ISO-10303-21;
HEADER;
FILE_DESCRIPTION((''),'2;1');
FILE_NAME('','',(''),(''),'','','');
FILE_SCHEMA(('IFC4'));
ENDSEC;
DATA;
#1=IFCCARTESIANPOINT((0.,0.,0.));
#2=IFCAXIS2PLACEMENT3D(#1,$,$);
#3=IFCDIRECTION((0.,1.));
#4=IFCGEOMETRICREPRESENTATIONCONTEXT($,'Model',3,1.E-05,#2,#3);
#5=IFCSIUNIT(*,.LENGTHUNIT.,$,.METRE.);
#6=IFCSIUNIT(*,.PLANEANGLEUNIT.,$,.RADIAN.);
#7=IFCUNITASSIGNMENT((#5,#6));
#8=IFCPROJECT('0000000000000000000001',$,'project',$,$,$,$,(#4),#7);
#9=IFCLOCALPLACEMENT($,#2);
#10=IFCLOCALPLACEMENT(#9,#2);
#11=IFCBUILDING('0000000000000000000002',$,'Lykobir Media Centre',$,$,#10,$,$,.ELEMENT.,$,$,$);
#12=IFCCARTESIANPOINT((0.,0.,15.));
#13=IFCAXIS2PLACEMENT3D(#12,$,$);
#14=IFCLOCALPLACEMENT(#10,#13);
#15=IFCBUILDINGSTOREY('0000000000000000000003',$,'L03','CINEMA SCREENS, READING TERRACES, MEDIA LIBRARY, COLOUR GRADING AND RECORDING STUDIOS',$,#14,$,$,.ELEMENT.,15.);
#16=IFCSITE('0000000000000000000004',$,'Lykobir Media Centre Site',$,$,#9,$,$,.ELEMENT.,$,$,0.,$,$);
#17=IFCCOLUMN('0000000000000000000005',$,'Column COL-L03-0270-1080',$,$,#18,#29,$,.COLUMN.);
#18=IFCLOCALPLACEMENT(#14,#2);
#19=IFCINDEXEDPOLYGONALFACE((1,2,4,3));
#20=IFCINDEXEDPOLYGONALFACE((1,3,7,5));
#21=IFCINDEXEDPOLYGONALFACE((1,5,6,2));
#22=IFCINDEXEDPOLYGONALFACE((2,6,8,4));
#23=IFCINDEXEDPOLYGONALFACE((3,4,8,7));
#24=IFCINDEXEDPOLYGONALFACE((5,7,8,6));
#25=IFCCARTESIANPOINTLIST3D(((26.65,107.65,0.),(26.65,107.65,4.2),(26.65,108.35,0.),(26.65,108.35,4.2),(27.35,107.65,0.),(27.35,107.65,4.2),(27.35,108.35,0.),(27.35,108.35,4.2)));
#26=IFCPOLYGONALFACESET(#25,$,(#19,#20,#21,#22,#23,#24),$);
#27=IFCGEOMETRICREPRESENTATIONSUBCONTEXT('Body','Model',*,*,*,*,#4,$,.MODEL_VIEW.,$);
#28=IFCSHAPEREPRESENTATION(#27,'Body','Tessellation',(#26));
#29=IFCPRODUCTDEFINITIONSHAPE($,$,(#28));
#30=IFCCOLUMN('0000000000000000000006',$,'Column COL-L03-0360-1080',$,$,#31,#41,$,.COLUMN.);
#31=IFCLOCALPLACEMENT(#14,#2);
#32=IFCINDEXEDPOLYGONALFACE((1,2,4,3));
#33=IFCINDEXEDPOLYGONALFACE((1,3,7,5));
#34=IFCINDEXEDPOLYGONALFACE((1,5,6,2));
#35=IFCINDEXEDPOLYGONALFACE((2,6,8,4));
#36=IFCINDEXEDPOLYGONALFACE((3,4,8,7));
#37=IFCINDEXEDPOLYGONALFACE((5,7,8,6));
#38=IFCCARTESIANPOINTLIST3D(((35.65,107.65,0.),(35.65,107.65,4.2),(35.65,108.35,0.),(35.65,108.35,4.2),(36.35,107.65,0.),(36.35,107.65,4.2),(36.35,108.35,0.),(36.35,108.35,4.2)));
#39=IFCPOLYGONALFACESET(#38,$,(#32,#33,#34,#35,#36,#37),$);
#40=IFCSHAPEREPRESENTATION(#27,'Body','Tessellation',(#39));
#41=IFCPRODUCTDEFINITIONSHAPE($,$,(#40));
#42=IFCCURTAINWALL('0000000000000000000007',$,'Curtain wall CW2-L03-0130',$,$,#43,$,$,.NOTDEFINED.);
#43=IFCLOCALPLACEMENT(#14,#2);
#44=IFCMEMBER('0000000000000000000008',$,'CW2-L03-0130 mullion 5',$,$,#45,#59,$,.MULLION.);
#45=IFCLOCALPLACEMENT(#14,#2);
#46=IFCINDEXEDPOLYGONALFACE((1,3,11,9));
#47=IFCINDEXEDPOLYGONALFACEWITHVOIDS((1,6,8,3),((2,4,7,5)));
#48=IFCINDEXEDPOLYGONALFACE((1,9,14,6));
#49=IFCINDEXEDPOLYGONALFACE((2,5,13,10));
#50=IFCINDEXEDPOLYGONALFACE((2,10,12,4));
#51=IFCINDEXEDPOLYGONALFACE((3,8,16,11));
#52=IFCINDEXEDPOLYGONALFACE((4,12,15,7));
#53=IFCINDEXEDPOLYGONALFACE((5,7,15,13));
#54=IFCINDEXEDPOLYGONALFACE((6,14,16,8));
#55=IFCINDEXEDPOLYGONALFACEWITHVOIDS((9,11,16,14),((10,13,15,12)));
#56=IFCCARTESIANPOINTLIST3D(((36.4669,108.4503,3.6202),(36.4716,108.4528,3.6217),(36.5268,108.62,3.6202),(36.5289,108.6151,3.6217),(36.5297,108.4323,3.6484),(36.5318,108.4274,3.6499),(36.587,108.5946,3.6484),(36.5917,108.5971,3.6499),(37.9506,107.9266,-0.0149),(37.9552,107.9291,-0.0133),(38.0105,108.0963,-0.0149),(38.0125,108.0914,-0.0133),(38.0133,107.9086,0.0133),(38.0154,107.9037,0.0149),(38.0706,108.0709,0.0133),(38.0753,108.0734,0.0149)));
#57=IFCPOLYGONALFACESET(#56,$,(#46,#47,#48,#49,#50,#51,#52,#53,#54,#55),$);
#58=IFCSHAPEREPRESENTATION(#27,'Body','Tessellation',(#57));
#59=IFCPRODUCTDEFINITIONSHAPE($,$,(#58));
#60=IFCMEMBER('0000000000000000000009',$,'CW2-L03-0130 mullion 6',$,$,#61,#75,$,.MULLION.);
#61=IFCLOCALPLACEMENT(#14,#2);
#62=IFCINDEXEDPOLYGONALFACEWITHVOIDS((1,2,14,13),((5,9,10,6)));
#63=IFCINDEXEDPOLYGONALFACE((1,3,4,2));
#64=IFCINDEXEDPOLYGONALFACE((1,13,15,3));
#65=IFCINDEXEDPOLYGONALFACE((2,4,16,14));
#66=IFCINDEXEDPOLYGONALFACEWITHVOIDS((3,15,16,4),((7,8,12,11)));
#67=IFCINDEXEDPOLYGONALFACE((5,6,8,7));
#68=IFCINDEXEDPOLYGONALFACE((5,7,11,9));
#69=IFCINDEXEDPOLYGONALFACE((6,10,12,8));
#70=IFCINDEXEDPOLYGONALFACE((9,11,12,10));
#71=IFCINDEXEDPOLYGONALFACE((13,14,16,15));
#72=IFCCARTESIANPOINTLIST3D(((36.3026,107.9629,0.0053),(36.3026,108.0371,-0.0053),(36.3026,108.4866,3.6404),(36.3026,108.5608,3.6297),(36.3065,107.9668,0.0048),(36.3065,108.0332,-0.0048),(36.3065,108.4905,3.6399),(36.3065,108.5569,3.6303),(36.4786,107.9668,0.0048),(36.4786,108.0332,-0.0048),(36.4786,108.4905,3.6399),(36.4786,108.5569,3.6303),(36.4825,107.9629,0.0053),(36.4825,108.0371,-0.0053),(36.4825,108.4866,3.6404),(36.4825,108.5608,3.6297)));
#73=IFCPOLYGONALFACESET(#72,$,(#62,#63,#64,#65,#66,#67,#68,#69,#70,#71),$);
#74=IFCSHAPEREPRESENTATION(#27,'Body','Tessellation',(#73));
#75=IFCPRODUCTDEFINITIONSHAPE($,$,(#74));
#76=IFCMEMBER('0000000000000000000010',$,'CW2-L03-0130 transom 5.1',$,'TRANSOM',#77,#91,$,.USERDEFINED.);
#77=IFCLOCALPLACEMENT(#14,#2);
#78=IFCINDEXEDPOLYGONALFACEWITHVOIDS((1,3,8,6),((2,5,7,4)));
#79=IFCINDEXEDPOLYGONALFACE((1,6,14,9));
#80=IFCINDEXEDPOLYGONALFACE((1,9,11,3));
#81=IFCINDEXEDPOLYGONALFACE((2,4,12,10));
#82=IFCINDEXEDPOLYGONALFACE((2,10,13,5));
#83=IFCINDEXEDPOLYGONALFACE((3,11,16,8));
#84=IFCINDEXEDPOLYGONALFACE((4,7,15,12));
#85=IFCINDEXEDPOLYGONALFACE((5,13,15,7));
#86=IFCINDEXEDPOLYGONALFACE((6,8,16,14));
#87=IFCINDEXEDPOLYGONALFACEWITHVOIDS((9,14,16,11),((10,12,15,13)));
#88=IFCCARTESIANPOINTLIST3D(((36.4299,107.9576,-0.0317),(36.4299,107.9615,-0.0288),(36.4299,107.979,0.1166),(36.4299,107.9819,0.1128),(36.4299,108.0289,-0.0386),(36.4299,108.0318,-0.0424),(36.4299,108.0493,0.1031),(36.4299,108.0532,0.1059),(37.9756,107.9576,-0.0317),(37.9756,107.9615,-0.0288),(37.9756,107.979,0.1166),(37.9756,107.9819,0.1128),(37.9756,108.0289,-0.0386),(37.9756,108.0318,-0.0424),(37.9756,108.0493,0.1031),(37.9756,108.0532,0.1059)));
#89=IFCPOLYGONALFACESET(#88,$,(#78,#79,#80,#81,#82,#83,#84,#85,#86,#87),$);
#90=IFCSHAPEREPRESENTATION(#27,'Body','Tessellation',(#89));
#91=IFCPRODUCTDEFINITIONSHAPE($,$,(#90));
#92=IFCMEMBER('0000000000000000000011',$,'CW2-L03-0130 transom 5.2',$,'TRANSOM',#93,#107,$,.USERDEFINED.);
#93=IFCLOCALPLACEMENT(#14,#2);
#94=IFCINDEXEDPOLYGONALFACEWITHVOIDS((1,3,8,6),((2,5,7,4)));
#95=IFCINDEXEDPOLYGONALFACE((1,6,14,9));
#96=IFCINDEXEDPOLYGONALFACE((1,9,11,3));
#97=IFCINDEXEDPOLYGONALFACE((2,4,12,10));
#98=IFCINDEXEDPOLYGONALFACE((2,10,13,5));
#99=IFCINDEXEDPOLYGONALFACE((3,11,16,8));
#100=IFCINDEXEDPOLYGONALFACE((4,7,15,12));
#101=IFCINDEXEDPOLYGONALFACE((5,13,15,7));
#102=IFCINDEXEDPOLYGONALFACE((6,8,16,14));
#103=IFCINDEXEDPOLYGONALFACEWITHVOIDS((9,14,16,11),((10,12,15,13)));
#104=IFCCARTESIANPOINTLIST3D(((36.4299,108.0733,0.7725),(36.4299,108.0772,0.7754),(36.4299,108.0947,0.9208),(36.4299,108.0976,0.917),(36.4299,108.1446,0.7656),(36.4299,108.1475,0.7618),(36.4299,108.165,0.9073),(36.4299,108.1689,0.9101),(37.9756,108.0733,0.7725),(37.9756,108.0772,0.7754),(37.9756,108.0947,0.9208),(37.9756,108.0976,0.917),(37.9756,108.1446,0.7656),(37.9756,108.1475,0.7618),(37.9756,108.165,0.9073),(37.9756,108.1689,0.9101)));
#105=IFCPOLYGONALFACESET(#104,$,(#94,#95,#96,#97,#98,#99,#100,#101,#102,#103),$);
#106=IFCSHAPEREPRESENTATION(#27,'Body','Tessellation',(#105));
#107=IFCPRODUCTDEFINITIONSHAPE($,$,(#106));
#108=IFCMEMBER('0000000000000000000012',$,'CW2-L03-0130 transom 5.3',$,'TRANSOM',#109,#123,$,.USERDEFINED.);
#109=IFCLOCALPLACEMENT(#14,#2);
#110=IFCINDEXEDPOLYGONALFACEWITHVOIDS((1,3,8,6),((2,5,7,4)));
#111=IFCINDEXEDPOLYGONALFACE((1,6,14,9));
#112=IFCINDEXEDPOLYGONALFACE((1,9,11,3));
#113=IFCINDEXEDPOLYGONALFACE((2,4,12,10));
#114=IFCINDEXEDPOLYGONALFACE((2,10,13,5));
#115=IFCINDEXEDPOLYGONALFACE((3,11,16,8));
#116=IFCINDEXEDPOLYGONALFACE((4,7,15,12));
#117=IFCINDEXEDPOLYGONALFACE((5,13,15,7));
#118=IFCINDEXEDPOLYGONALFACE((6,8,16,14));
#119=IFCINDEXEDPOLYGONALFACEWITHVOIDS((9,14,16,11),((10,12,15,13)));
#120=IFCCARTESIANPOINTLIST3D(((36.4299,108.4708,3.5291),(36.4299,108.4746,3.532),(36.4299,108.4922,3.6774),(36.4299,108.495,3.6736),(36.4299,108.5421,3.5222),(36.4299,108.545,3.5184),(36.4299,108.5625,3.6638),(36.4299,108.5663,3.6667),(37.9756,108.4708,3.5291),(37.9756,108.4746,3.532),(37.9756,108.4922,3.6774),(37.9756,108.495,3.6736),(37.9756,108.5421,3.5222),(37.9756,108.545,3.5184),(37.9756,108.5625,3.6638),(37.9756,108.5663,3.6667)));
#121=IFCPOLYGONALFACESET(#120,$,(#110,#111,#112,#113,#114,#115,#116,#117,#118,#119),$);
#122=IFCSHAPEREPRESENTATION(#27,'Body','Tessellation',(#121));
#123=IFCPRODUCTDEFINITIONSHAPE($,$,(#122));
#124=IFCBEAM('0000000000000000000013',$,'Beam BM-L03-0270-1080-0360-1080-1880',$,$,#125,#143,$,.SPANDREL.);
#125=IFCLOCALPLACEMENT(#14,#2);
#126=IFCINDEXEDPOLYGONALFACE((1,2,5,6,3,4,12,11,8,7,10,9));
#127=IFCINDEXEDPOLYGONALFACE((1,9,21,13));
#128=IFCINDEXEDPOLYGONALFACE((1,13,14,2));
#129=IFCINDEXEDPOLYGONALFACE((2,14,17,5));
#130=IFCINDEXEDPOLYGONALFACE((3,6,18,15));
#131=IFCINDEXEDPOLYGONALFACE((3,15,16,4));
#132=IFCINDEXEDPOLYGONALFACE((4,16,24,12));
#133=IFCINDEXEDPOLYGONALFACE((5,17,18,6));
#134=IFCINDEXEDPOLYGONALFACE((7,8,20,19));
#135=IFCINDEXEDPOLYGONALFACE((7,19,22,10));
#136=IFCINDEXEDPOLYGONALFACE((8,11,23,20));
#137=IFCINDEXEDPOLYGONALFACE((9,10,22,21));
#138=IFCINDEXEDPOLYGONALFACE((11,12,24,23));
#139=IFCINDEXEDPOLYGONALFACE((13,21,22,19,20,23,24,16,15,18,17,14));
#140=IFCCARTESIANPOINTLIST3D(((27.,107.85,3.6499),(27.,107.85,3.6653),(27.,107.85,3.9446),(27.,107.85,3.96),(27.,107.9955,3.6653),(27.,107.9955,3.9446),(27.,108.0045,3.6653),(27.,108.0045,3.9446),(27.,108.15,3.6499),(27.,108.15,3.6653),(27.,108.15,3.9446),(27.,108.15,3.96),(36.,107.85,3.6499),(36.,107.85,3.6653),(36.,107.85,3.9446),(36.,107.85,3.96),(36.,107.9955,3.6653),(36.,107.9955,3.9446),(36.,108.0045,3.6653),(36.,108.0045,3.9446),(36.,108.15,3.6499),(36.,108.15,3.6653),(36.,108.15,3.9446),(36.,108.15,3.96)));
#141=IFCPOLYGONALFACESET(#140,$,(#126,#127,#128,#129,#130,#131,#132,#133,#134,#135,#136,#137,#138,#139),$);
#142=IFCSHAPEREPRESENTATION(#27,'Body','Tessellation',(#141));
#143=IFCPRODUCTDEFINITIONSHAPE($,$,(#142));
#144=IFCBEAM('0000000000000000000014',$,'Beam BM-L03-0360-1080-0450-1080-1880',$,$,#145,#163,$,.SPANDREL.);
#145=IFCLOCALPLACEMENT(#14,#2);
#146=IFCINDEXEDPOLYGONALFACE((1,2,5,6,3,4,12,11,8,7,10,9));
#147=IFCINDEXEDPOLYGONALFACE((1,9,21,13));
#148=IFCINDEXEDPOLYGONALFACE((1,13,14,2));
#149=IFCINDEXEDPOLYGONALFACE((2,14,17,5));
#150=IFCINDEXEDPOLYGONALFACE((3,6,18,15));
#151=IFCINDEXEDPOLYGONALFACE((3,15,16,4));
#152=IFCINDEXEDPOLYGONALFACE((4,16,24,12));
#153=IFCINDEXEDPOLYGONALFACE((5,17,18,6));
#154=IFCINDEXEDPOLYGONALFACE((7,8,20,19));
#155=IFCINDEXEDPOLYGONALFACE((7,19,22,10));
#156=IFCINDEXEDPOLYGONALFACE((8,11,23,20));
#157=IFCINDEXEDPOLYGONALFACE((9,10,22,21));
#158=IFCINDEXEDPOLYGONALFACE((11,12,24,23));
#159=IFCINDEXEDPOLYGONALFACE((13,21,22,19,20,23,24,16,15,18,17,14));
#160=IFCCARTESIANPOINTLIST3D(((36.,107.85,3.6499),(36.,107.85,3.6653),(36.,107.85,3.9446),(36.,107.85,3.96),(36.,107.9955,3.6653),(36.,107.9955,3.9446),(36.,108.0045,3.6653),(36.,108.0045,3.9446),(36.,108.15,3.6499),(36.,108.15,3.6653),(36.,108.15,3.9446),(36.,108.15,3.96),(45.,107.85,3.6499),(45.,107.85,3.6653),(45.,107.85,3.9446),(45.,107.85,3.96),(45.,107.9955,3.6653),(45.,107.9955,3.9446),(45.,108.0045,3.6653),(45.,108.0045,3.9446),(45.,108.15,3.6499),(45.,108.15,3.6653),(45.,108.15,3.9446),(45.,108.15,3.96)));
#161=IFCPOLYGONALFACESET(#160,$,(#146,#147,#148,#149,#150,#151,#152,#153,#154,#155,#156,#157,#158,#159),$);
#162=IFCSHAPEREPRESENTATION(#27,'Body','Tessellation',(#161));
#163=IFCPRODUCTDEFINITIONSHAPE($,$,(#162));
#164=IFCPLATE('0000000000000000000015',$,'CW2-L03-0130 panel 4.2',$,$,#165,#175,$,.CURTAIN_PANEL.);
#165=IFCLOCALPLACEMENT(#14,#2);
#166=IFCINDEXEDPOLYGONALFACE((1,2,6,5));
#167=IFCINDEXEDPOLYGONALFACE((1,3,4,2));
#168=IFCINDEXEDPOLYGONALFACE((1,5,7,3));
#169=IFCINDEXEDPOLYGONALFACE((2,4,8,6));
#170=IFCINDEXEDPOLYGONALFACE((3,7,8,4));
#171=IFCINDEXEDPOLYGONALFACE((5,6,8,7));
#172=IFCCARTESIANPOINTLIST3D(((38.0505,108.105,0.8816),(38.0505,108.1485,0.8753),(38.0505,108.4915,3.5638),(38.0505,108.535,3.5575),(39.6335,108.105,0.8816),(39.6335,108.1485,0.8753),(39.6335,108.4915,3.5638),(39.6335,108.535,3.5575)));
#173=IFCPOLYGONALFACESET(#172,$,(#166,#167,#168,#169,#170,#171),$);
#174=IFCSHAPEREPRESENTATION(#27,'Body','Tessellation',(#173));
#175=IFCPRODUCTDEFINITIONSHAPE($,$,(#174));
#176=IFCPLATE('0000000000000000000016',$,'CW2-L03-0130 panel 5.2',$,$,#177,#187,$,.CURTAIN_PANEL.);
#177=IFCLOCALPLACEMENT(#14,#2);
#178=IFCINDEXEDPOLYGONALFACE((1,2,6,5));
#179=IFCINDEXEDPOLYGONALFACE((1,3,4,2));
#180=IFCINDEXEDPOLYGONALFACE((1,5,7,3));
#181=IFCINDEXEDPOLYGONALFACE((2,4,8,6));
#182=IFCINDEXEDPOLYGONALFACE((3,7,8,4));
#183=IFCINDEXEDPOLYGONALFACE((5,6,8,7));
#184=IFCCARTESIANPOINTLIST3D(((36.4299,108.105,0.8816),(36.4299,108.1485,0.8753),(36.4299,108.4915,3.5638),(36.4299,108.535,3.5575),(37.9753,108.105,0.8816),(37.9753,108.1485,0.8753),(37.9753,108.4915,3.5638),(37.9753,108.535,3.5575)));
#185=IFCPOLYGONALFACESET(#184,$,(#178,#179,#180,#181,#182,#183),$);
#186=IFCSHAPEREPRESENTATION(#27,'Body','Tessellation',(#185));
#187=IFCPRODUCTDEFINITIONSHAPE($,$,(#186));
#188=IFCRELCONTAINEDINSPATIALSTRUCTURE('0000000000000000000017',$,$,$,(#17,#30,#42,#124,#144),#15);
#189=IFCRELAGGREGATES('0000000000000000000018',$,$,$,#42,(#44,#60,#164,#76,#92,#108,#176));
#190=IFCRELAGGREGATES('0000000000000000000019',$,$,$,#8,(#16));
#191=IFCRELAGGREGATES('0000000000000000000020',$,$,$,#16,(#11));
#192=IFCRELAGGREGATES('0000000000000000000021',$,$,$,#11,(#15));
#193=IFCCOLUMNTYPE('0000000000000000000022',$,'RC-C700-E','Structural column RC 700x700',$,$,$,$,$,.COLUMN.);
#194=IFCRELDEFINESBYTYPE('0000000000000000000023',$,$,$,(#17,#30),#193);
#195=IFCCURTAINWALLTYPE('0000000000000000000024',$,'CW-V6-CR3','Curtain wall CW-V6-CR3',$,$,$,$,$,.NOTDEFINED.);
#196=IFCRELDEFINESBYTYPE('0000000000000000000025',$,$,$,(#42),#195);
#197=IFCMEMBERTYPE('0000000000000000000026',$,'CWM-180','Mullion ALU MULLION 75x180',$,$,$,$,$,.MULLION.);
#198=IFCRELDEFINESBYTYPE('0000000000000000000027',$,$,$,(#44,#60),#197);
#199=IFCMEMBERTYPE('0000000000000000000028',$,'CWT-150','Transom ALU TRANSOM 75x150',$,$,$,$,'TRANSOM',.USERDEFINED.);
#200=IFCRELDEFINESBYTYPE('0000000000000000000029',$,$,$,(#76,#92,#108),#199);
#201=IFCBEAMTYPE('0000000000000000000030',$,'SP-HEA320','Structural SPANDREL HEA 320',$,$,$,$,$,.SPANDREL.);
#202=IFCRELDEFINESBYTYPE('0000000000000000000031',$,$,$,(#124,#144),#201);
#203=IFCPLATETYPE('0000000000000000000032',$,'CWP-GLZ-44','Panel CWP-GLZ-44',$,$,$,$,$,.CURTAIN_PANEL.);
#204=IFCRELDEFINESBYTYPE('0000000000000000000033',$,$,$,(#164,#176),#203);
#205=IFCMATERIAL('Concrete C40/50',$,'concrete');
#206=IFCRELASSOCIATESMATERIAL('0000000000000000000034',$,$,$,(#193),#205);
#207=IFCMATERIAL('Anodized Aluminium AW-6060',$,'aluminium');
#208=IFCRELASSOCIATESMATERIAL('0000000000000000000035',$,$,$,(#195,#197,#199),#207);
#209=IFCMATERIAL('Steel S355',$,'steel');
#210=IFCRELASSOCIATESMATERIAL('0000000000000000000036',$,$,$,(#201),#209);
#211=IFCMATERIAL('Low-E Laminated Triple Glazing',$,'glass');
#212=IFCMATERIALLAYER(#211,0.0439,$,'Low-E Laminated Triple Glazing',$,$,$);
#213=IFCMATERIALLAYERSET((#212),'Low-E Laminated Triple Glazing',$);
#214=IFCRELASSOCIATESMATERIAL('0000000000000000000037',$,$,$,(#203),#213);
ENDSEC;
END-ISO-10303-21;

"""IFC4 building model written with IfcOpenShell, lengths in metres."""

from ifc_helpers import new_model, si_unit, direction, frame, origin, origin_2d, place, context, subcontext, project, spatial, rectangle, hollow_rectangle, i_section, extrude, material, layer, layer_set, material_profile, profile_set, type_object, element, aggregate, save


model = new_model("IFC4")

# Units and contexts
model_context = context("Model", 3, precision=1e-05, world=origin(), true_north=direction((0.0, 1.0)))
body_context = subcontext(model_context, "Body", "Model", "MODEL_VIEW")
ifc_project = project(units=[si_unit("LENGTHUNIT", "METRE"), si_unit("PLANEANGLEUNIT", "RADIAN")], contexts=[model_context])

# Site, building, storey
site_placement = place(None, origin())
site = spatial("IfcSite", under=ifc_project, at=site_placement, Name="Lykobir Media Centre Site", CompositionType="ELEMENT", RefElevation=0.0)
building_placement = place(site_placement, origin())
building = spatial("IfcBuilding", under=site, at=building_placement, Name="Lykobir Media Centre", CompositionType="ELEMENT")
storey_placement = place(building_placement, frame((0.0, 0.0, 15.0)))
storey = spatial("IfcBuildingStorey", under=building, at=storey_placement, Name="L03", Description="CINEMA SCREENS, READING TERRACES, MEDIA LIBRARY, COLOUR GRADING AND RECORDING STUDIOS", CompositionType="ELEMENT", Elevation=15.0)

# Columns
ifc_material_1 = material(Name="Concrete C40/50", Category="concrete")
ifc_material_profile_1 = material_profile(ifc_material_1, rectangle(XDim=0.7, YDim=0.7, at=origin_2d()), Name="RC 700x700")
ifc_profile_set_1 = profile_set([ifc_material_profile_1], Name="Concrete C40/50")
column_type = type_object("IfcColumnType", Name="RC-C700-E", Description="Structural column RC 700x700", PredefinedType="COLUMN", material=ifc_profile_set_1)
for number, where, z_axis, x_axis, name in (
    (1, (27.0, 108.0, 0.0), (0.0, 0.0, 1.0), (1.0, 0.0, 0.0), "Column COL-L03-0270-1080"),
    (2, (36.0, 108.0, 0.0), (0.0, 0.0, 1.0), (1.0, 0.0, 0.0), "Column COL-L03-0360-1080"),
):
    element("IfcColumn", number, at=place(storey_placement, frame(where, z_axis=z_axis, x_axis=x_axis)), inside=storey, type_object=column_type, Name=name, PredefinedType="COLUMN", context=body_context, shape_type="SweptSolid", body=[
        extrude(rectangle(XDim=0.7, YDim=0.7, at=origin_2d()), origin(), (0.0, 0.0, 1.0), 4.2),
    ])

# Curtain wall, members
ifc_material_2 = material(Name="Anodized Aluminium AW-6060", Category="aluminium")
curtain_wall_type = type_object("IfcCurtainWallType", Name="CW-V6-CR3", Description="Curtain wall CW-V6-CR3", PredefinedType="NOTDEFINED", material=ifc_material_2)
curtain_wall_placement = place(storey_placement, origin())
curtain_wall = element("IfcCurtainWall", 3, at=curtain_wall_placement, inside=storey, type_object=curtain_wall_type, Name="Curtain wall CW2-L03-0130", PredefinedType="NOTDEFINED")
ifc_material_profile_2 = material_profile(ifc_material_2, hollow_rectangle(XDim=0.075, YDim=0.1799, WallThickness=0.0039, at=origin_2d()), Name="ALU MULLION 75x180")
ifc_profile_set_2 = profile_set([ifc_material_profile_2], Name="Anodized Aluminium AW-6060")
member_type_1 = type_object("IfcMemberType", Name="CWM-180", Description="Mullion ALU MULLION 75x180", PredefinedType="MULLION", material=ifc_profile_set_2)
member_1_placement = place(storey_placement, frame((38.0129, 108.0, 0.0), z_axis=(-0.374572, 0.132213, 0.917723), x_axis=(-0.865396, 0.305459, -0.397221)))
member_1 = element("IfcMember", 4, at=member_1_placement, type_object=member_type_1, Name="CW2-L03-0130 mullion 5", PredefinedType="MULLION", context=body_context, shape_type="SweptSolid", body=[
    extrude(hollow_rectangle(XDim=0.075, YDim=0.1799, WallThickness=0.0039, at=origin_2d()), origin(), (0.0, 0.0, 1.0), 3.9609),
])
member_2_placement = place(storey_placement, frame((36.3926, 108.0, 0.0), z_axis=(0.0, 0.142594, 0.989781), x_axis=(0.0, 0.989781, -0.142594)))
member_2 = element("IfcMember", 5, at=member_2_placement, type_object=member_type_1, Name="CW2-L03-0130 mullion 6", PredefinedType="MULLION", context=body_context, shape_type="SweptSolid", body=[
    extrude(hollow_rectangle(XDim=0.075, YDim=0.1799, WallThickness=0.0039, at=origin_2d()), origin(), (0.0, 0.0, 1.0), 3.6726),
])
ifc_material_profile_3 = material_profile(ifc_material_2, hollow_rectangle(XDim=0.075, YDim=0.1499, WallThickness=0.0034, at=origin_2d()), Name="ALU TRANSOM 75x150")
ifc_profile_set_3 = profile_set([ifc_material_profile_3], Name="Anodized Aluminium AW-6060")
member_type_2 = type_object("IfcMemberType", Name="CWT-150", Description="Transom ALU TRANSOM 75x150", ElementType="TRANSOM", PredefinedType="USERDEFINED", material=ifc_profile_set_3)
member_3_placement = place(storey_placement, frame((37.9756, 108.0054, 0.0371), z_axis=(-1.0, 0.0, 0.0), x_axis=(0.0, -0.989776, 0.142629)))
member_3 = element("IfcMember", 6, at=member_3_placement, type_object=member_type_2, Name="CW2-L03-0130 transom 5.1", ObjectType="TRANSOM", PredefinedType="USERDEFINED", context=body_context, shape_type="SweptSolid", body=[
    extrude(hollow_rectangle(XDim=0.075, YDim=0.1499, WallThickness=0.0034, at=origin_2d()), origin(), (0.0, 0.0, 1.0), 1.5457),
])
member_4_placement = place(storey_placement, frame((37.9756, 108.1211, 0.8413), z_axis=(-1.0, 0.0, 0.0), x_axis=(0.0, -0.989776, 0.142629)))
member_4 = element("IfcMember", 7, at=member_4_placement, type_object=member_type_2, Name="CW2-L03-0130 transom 5.2", ObjectType="TRANSOM", PredefinedType="USERDEFINED", context=body_context, shape_type="SweptSolid", body=[
    extrude(hollow_rectangle(XDim=0.075, YDim=0.1499, WallThickness=0.0034, at=origin_2d()), origin(), (0.0, 0.0, 1.0), 1.5457),
])
member_5_placement = place(storey_placement, frame((37.9756, 108.5186, 3.5979), z_axis=(-1.0, 0.0, 0.0), x_axis=(0.0, -0.989776, 0.142629)))
member_5 = element("IfcMember", 8, at=member_5_placement, type_object=member_type_2, Name="CW2-L03-0130 transom 5.3", ObjectType="TRANSOM", PredefinedType="USERDEFINED", context=body_context, shape_type="SweptSolid", body=[
    extrude(hollow_rectangle(XDim=0.075, YDim=0.1499, WallThickness=0.0034, at=origin_2d()), origin(), (0.0, 0.0, 1.0), 1.5457),
])

# Beams
ifc_material_3 = material(Name="Steel S355", Category="steel")
ifc_material_profile_4 = material_profile(ifc_material_3, i_section(OverallWidth=0.3, OverallDepth=0.3101, WebThickness=0.009, FlangeThickness=0.0154, at=origin_2d()), Name="HEA 320")
ifc_profile_set_4 = profile_set([ifc_material_profile_4], Name="Steel S355")
beam_type = type_object("IfcBeamType", Name="SP-HEA320", Description="Structural SPANDREL HEA 320", PredefinedType="SPANDREL", material=ifc_profile_set_4)
for number, where, z_axis, x_axis, name in (
    (9, (27.0, 108.0, 3.8049), (1.0, 0.0, 0.0), (0.0, 1.0, 0.0), "Beam BM-L03-0270-1080-0360-1080-1880"),
    (10, (36.0, 108.0, 3.8049), (1.0, 0.0, 0.0), (0.0, 1.0, 0.0), "Beam BM-L03-0360-1080-0450-1080-1880"),
):
    element("IfcBeam", number, at=place(storey_placement, frame(where, z_axis=z_axis, x_axis=x_axis)), inside=storey, type_object=beam_type, Name=name, PredefinedType="SPANDREL", context=body_context, shape_type="SweptSolid", body=[
        extrude(i_section(OverallWidth=0.3, OverallDepth=0.3101, WebThickness=0.009, FlangeThickness=0.0154, at=origin_2d()), origin(), (0.0, 0.0, 1.0), 9.0),
    ])

# Plates
ifc_material_4 = material(Name="Low-E Laminated Triple Glazing", Category="glass")
ifc_layer_1 = layer(ifc_material_4, 0.0439, Name="Low-E Laminated Triple Glazing")
ifc_layer_set_1 = layer_set([ifc_layer_1], Name="Low-E Laminated Triple Glazing")
plate_type_1 = type_object("IfcPlateType", Name="CWP-GLZ-44", Description="Panel CWP-GLZ-44", PredefinedType="CURTAIN_PANEL", material=ifc_layer_set_1)
plate_1_placement = place(storey_placement, frame((38.842, 108.1267, 0.8784), z_axis=(0.0, 0.142629, 0.989776), x_axis=(-1.0, 0.0, 0.0)))
plate_1 = element("IfcPlate", 11, at=plate_1_placement, type_object=plate_type_1, Name="CW2-L03-0130 panel 4.2", PredefinedType="CURTAIN_PANEL", context=body_context, shape_type="SweptSolid", body=[
    extrude(rectangle(XDim=1.583, YDim=0.0439, at=origin_2d()), origin(), (0.0, 0.0, 1.0), 2.71),
])
plate_2_placement = place(storey_placement, frame((37.2026, 108.1267, 0.8784), z_axis=(0.0, 0.142629, 0.989776), x_axis=(-1.0, 0.0, 0.0)))
plate_2 = element("IfcPlate", 12, at=plate_2_placement, type_object=plate_type_1, Name="CW2-L03-0130 panel 5.2", PredefinedType="CURTAIN_PANEL", context=body_context, shape_type="SweptSolid", body=[
    extrude(rectangle(XDim=1.5454, YDim=0.0439, at=origin_2d()), origin(), (0.0, 0.0, 1.0), 2.71),
])
aggregate(curtain_wall, [member_1, member_2, plate_1, member_3, member_4, member_5, plate_2])

save(model, "model.ifc")
